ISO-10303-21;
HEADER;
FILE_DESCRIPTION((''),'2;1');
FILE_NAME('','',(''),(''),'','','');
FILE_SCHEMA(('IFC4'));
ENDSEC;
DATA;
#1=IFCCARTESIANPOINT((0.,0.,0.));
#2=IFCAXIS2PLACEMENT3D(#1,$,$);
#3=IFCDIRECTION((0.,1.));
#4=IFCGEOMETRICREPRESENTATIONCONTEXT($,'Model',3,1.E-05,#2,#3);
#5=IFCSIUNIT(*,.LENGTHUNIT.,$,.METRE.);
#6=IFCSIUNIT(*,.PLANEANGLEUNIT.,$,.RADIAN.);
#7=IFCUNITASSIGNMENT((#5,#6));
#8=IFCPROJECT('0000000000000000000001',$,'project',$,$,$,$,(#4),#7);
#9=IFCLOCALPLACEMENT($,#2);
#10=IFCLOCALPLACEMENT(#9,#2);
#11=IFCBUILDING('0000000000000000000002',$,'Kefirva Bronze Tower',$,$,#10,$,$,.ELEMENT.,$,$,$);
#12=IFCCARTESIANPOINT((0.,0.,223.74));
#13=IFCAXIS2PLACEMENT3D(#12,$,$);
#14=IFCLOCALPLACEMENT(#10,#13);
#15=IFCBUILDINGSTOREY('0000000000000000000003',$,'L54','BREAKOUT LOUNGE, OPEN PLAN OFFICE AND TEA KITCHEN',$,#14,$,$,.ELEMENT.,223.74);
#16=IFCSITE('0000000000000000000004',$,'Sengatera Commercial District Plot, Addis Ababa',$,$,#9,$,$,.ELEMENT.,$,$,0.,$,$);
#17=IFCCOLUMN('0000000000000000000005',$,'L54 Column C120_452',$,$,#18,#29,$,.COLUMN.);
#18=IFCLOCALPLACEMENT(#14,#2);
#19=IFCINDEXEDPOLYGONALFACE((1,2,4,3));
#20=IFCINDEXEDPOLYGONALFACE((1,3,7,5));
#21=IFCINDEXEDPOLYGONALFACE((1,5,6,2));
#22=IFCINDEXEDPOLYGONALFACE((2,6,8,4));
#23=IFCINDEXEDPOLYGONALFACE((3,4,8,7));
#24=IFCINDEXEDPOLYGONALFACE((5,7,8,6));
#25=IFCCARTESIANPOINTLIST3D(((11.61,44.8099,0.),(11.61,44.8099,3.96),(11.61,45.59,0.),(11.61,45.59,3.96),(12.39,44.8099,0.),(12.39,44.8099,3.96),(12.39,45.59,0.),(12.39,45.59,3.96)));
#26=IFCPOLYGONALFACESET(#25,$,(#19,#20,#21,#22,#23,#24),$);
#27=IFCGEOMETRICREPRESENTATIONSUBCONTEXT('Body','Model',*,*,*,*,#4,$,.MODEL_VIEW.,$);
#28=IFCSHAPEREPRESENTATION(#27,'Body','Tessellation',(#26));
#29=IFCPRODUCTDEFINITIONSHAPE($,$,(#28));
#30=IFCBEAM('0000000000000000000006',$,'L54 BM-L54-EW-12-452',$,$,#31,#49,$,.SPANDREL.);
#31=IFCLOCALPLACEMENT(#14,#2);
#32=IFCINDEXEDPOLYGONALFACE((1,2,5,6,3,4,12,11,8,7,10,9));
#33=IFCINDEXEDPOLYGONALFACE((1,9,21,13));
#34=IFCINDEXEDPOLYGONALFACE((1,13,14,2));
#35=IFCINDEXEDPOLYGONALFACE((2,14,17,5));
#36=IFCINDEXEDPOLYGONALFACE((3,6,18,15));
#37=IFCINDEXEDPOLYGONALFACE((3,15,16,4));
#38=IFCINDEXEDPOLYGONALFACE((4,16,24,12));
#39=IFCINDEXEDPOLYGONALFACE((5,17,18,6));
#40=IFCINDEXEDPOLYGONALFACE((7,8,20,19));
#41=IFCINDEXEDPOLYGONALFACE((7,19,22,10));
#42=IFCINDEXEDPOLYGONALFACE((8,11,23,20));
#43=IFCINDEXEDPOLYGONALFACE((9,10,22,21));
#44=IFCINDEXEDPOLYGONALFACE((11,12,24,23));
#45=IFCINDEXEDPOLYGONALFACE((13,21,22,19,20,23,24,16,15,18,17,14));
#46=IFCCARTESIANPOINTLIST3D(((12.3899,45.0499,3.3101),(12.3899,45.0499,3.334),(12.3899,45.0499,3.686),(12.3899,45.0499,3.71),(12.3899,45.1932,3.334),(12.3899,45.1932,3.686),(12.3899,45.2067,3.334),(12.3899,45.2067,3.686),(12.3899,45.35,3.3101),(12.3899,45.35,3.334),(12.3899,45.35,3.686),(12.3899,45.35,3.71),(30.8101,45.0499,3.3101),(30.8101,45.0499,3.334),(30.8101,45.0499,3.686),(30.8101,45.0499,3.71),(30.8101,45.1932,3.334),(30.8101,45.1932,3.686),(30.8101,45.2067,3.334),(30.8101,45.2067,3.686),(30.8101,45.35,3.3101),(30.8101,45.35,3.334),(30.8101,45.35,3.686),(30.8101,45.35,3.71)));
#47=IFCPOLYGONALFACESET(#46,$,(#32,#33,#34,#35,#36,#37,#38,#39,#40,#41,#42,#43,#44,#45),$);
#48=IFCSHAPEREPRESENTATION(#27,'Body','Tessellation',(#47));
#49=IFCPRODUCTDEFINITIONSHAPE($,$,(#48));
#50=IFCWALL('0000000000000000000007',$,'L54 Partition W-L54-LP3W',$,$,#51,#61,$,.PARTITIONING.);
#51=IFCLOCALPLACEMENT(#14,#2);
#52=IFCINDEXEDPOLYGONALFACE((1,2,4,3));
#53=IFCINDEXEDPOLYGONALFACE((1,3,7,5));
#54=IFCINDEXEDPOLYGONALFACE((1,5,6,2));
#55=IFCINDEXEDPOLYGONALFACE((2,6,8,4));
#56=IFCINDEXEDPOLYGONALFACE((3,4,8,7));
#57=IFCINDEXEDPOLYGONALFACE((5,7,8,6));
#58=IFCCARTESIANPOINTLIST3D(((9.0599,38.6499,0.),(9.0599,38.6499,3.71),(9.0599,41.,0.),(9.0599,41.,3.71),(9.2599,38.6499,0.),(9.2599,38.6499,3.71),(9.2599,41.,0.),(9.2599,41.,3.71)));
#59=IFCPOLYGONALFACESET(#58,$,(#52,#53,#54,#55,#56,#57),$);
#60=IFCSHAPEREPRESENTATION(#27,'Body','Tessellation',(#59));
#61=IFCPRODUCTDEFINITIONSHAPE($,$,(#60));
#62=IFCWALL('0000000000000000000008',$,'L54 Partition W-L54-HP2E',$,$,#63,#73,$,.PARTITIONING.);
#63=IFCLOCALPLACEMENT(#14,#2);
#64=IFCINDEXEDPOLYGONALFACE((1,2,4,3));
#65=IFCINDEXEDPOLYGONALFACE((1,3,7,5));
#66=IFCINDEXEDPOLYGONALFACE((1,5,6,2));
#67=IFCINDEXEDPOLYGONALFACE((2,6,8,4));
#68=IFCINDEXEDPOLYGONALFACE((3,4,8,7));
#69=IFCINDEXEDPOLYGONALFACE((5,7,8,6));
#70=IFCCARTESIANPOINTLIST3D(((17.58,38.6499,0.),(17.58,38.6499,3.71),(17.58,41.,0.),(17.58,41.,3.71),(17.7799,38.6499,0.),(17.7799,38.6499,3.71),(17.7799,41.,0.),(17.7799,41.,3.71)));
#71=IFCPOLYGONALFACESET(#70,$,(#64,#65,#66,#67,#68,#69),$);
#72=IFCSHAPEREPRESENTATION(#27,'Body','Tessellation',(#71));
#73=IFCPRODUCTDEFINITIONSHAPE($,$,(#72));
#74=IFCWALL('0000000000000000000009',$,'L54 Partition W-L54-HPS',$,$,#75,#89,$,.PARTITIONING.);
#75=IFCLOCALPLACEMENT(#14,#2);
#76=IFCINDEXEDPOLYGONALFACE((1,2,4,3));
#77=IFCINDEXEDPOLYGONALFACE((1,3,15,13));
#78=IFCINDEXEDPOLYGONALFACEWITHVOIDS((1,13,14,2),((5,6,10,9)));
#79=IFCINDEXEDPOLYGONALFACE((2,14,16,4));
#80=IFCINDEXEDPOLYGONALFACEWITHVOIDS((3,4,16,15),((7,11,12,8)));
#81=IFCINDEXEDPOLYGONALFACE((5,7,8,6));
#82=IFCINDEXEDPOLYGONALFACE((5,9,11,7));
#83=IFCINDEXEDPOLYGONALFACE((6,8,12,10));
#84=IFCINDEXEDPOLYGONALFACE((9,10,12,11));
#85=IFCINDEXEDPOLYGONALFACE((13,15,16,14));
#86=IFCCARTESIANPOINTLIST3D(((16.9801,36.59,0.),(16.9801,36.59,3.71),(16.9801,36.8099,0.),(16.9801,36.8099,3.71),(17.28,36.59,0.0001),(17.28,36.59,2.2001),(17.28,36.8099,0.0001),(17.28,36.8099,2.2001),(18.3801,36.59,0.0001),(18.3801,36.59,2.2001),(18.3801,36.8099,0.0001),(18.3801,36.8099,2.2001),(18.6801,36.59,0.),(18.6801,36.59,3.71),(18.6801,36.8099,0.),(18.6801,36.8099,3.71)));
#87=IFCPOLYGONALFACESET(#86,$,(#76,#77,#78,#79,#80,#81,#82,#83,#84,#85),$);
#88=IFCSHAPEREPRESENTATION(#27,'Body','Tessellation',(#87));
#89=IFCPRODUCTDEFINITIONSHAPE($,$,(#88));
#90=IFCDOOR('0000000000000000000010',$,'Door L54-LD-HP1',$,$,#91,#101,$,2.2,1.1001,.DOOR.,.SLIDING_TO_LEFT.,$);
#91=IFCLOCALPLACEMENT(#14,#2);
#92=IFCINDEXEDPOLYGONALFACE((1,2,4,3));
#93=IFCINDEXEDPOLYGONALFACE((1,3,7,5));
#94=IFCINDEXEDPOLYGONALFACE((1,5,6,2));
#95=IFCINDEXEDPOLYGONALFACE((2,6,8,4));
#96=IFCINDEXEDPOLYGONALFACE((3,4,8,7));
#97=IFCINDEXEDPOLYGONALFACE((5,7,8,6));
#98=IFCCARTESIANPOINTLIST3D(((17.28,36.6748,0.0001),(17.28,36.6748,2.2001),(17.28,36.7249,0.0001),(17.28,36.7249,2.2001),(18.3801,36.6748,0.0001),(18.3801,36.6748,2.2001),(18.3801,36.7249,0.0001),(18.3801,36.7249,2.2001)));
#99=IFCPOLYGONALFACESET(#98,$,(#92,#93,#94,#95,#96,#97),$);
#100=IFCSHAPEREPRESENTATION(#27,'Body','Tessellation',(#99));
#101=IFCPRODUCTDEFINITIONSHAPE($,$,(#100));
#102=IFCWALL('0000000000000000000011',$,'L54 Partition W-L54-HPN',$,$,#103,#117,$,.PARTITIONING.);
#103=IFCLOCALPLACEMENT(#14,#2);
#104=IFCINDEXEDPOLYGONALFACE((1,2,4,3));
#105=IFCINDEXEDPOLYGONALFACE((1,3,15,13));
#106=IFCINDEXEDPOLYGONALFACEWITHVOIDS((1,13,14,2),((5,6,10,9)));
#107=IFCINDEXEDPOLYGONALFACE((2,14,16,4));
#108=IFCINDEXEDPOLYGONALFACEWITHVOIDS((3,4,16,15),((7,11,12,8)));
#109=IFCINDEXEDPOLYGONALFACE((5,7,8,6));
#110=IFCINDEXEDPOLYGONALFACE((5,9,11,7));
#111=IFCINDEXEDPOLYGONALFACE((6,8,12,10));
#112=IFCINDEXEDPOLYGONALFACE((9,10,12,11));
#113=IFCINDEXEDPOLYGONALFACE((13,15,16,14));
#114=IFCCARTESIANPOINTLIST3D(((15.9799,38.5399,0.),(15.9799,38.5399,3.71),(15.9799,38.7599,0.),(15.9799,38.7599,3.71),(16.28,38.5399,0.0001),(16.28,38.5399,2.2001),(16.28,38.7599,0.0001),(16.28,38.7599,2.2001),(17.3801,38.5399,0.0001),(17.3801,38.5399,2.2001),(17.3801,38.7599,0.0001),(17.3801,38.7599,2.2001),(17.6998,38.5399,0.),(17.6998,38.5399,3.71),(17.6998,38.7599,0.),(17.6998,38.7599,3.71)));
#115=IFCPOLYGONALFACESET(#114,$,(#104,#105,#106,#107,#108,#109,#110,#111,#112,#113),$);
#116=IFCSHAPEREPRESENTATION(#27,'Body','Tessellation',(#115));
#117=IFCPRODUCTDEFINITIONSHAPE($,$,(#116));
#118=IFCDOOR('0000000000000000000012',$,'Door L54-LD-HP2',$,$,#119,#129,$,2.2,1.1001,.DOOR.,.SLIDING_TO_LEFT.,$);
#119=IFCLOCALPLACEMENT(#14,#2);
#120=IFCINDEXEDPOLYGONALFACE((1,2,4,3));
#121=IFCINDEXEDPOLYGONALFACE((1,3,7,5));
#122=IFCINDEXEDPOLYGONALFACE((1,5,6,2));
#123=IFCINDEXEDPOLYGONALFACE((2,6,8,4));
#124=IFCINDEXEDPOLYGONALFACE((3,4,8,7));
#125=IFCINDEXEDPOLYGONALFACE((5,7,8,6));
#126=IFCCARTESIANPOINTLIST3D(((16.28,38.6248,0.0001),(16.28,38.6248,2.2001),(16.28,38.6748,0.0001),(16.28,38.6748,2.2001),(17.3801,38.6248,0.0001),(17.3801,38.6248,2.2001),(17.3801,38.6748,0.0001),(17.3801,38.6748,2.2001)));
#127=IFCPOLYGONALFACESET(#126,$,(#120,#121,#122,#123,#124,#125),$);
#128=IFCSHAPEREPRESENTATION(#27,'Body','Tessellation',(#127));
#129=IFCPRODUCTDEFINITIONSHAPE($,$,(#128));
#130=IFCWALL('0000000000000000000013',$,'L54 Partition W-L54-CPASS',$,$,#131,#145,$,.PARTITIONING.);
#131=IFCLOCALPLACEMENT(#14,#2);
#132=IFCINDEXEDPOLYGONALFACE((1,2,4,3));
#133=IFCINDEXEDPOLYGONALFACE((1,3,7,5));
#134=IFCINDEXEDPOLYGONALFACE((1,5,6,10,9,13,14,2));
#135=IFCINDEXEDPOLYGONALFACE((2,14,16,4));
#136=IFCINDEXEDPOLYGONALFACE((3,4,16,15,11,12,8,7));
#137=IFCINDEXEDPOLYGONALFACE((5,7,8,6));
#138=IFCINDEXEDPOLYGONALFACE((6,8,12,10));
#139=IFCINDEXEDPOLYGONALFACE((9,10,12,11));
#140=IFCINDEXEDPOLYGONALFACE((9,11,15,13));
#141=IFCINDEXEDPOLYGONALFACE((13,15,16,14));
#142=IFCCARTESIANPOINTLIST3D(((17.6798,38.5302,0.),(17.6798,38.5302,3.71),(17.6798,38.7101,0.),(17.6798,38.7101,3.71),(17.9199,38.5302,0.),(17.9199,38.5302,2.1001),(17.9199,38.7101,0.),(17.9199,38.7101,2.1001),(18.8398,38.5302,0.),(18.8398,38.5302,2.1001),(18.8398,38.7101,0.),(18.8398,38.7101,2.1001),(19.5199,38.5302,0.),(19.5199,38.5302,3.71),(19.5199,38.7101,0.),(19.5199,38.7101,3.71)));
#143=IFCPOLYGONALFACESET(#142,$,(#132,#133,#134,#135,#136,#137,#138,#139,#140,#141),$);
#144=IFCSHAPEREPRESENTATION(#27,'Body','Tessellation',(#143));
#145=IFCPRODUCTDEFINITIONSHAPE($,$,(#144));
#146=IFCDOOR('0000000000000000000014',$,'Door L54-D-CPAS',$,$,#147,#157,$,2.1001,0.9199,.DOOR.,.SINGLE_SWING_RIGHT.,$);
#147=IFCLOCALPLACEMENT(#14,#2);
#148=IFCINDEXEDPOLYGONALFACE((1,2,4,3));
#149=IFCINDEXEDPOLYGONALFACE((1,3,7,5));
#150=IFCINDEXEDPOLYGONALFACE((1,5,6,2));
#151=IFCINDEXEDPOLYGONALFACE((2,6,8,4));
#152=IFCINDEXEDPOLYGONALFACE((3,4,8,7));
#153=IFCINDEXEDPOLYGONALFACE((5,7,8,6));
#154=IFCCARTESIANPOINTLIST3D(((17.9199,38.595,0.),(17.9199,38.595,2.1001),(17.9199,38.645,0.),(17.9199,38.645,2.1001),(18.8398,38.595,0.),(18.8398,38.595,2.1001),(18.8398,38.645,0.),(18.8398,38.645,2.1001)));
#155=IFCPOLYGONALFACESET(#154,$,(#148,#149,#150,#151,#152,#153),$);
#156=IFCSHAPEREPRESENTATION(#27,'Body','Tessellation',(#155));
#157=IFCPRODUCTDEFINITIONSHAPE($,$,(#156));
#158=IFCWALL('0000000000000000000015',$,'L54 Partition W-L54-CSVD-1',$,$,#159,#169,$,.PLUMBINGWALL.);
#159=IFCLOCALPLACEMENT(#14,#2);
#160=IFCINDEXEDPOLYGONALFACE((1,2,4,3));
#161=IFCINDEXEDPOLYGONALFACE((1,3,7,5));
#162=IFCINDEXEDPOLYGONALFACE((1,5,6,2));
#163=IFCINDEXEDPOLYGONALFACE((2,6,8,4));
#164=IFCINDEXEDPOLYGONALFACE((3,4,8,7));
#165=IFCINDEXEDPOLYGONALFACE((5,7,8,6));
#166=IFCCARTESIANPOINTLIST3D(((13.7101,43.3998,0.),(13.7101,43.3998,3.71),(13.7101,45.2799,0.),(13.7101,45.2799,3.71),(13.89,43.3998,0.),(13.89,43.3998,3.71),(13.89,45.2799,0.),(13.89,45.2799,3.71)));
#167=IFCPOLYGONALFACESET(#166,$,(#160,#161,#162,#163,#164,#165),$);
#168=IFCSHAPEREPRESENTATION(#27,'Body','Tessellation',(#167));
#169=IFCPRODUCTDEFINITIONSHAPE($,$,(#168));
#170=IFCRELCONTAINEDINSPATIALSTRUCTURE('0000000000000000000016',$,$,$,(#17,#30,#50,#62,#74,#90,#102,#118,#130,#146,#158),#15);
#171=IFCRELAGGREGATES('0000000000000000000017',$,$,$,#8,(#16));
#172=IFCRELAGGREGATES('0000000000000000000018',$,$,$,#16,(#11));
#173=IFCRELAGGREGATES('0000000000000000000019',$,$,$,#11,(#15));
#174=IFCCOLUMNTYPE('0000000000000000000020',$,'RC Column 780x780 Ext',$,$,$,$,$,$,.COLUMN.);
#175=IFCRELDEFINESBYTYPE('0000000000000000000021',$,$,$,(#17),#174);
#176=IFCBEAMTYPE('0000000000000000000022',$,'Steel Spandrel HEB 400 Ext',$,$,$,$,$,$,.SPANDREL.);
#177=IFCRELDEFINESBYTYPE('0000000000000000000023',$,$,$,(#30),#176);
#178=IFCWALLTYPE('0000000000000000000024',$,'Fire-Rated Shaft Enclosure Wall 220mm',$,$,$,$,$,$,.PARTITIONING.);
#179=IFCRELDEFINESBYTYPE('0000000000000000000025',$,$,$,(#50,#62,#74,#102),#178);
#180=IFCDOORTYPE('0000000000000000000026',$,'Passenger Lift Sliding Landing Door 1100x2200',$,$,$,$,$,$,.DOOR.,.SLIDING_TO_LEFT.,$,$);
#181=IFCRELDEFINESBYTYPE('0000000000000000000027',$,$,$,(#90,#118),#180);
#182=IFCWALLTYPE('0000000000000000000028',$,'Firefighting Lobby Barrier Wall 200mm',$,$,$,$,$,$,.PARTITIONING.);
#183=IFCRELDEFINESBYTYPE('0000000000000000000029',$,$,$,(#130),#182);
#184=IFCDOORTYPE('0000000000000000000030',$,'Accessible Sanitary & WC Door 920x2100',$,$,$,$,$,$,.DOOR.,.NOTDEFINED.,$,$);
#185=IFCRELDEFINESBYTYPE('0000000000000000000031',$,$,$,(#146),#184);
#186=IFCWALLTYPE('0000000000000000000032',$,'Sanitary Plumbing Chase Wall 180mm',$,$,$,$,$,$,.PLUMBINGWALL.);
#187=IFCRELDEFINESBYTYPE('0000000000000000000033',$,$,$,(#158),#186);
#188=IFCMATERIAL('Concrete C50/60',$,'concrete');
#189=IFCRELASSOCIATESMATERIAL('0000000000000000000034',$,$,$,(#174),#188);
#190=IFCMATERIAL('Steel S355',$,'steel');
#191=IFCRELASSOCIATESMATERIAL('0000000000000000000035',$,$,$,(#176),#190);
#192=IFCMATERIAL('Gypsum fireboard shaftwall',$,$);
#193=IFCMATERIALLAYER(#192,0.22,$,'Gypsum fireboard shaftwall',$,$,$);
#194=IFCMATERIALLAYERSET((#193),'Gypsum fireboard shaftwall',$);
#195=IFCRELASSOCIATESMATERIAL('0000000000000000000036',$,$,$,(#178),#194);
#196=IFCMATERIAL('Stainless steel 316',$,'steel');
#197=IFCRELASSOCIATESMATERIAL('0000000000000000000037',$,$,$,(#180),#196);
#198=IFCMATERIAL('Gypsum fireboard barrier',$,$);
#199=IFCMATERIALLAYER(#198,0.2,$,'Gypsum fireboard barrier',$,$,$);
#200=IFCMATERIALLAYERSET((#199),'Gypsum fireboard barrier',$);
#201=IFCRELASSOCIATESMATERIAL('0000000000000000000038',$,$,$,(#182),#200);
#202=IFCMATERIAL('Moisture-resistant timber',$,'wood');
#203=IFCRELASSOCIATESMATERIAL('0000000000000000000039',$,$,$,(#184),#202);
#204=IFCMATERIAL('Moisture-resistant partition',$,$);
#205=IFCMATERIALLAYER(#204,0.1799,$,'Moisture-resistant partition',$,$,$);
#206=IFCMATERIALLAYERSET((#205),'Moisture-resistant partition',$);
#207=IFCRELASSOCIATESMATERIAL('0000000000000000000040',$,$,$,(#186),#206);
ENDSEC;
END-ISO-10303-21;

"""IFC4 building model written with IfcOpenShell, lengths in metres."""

from ifc_helpers import new_model, si_unit, direction, frame, frame_2d, origin, origin_2d, place, context, subcontext, project, spatial, rectangle, i_section, extrude, material, layer, layer_set, material_profile, profile_set, type_object, element, fill, save


model = new_model("IFC4")

# Units and contexts
model_context = context("Model", 3, precision=1e-05, world=origin(), true_north=direction((0.0, 1.0)))
body_context = subcontext(model_context, "Body", "Model", "MODEL_VIEW")
ifc_project = project(units=[si_unit("LENGTHUNIT", "METRE"), si_unit("PLANEANGLEUNIT", "RADIAN")], contexts=[model_context])

# Site, building, storey
site_placement = place(None, origin())
site = spatial("IfcSite", under=ifc_project, at=site_placement, Name="Sengatera Commercial District Plot, Addis Ababa", CompositionType="ELEMENT", RefElevation=0.0)
building_placement = place(site_placement, origin())
building = spatial("IfcBuilding", under=site, at=building_placement, Name="Kefirva Bronze Tower", CompositionType="ELEMENT")
storey_placement = place(building_placement, frame((0.0, 0.0, 223.74)))
storey = spatial("IfcBuildingStorey", under=building, at=storey_placement, Name="L54", Description="BREAKOUT LOUNGE, OPEN PLAN OFFICE AND TEA KITCHEN", CompositionType="ELEMENT", Elevation=223.74)

# Column
ifc_material_1 = material(Name="Concrete C50/60", Category="concrete")
ifc_material_profile_1 = material_profile(ifc_material_1, rectangle(XDim=0.78, YDim=0.78, at=origin_2d()), Name="RC 780x780")
ifc_profile_set_1 = profile_set([ifc_material_profile_1], Name="Concrete C50/60")
column_type = type_object("IfcColumnType", Name="RC Column 780x780 Ext", PredefinedType="COLUMN", material=ifc_profile_set_1)
column_placement = place(storey_placement, frame((12.0, 45.2, 0.0), z_axis=(0.0, 0.0, 1.0), x_axis=(1.0, 0.0, 0.0)))
element("IfcColumn", 1, at=column_placement, inside=storey, type_object=column_type, Name="L54 Column C120_452", PredefinedType="COLUMN", context=body_context, shape_type="SweptSolid", body=[
    extrude(rectangle(XDim=0.78, YDim=0.78, at=origin_2d()), origin(), (0.0, 0.0, 1.0), 3.96),
])

# Beam
ifc_material_2 = material(Name="Steel S355", Category="steel")
ifc_material_profile_2 = material_profile(ifc_material_2, i_section(OverallWidth=0.3, OverallDepth=0.3999, WebThickness=0.0134, FlangeThickness=0.0239, at=origin_2d()), Name="HEB 400")
ifc_profile_set_2 = profile_set([ifc_material_profile_2], Name="Steel S355")
beam_type = type_object("IfcBeamType", Name="Steel Spandrel HEB 400 Ext", PredefinedType="SPANDREL", material=ifc_profile_set_2)
beam_placement = place(storey_placement, frame((12.3899, 45.2, 3.51), z_axis=(1.0, 0.0, 0.0), x_axis=(0.0, 1.0, 0.0)))
element("IfcBeam", 2, at=beam_placement, inside=storey, type_object=beam_type, Name="L54 BM-L54-EW-12-452", PredefinedType="SPANDREL", context=body_context, shape_type="SweptSolid", body=[
    extrude(i_section(OverallWidth=0.3, OverallDepth=0.3999, WebThickness=0.0134, FlangeThickness=0.0239, at=origin_2d()), origin(), (0.0, 0.0, 1.0), 18.4202),
])

# Walls
ifc_material_3 = material(Name="Gypsum fireboard shaftwall")
ifc_layer_1 = layer(ifc_material_3, 0.22, Name="Gypsum fireboard shaftwall")
ifc_layer_set_1 = layer_set([ifc_layer_1], Name="Gypsum fireboard shaftwall")
wall_type_1 = type_object("IfcWallType", Name="Fire-Rated Shaft Enclosure Wall 220mm", PredefinedType="PARTITIONING", material=ifc_layer_set_1)
for number, where, z_axis, x_axis, name in (
    (3, (9.1599, 38.6499, 0.0), (0.0, 0.0, 1.0), (0.0, 1.0, 0.0), "L54 Partition W-L54-LP3W"),
    (4, (17.6799, 38.6499, 0.0), (0.0, 0.0, 1.0), (0.0, 1.0, 0.0), "L54 Partition W-L54-HP2E"),
):
    element("IfcWall", number, at=place(storey_placement, frame(where, z_axis=z_axis, x_axis=x_axis)), inside=storey, type_object=wall_type_1, Name=name, PredefinedType="PARTITIONING", context=body_context, shape_type="SweptSolid", body=[
        extrude(rectangle(XDim=2.3501, YDim=0.2, at=frame_2d((1.175, 0.0))), origin(), (0.0, 0.0, 1.0), 3.71),
    ])

# Walls, openings, doors
wall_1_placement = place(storey_placement, frame((16.98, 36.7, 0.0), z_axis=(0.0, 0.0, 1.0), x_axis=(1.0, 0.0, 0.0)))
wall_1 = element("IfcWall", 5, at=wall_1_placement, inside=storey, type_object=wall_type_1, Name="L54 Partition W-L54-HPS", PredefinedType="PARTITIONING", context=body_context, shape_type="SweptSolid", body=[
    extrude(rectangle(XDim=1.7, YDim=0.22, at=frame_2d((0.8501, 0.0))), origin(), (0.0, 0.0, 1.0), 3.71),
])
opening_1_placement = place(wall_1_placement, frame((0.3, 0.0, 0.0)))
opening_1 = element("IfcOpeningElement", 6, at=opening_1_placement, cuts=wall_1, PredefinedType="OPENING", context=body_context, shape_type="SweptSolid", body=[
    extrude(rectangle(XDim=1.1001, YDim=2.2, at=frame_2d((0.55, 1.1001))), frame((0.0, 0.1201, 0.0), z_axis=(0.0, -1.0, 0.0), x_axis=(1.0, 0.0, 0.0)), (0.0, 0.0, 1.0), 0.24),
])
ifc_material_4 = material(Name="Stainless steel 316", Category="steel")
door_type_1 = type_object("IfcDoorType", Name="Passenger Lift Sliding Landing Door 1100x2200", OperationType="SLIDING_TO_LEFT", PredefinedType="DOOR", material=ifc_material_4)
door_1_placement = place(opening_1_placement, origin())
door_1 = element("IfcDoor", 7, at=door_1_placement, inside=storey, type_object=door_type_1, Name="Door L54-LD-HP1", OperationType="SLIDING_TO_LEFT", OverallHeight=2.2, OverallWidth=1.1001, PredefinedType="DOOR", context=body_context, shape_type="SweptSolid", body=[
    extrude(rectangle(XDim=1.1001, YDim=2.2, at=frame_2d((0.55, 1.1001))), frame((0.0, 0.0249, 0.0), z_axis=(0.0, -1.0, 0.0), x_axis=(1.0, 0.0, 0.0)), (0.0, 0.0, 1.0), 0.05),
])
fill(opening_1, door_1)
wall_2_placement = place(storey_placement, frame((15.98, 38.6499, 0.0), z_axis=(0.0, 0.0, 1.0), x_axis=(1.0, 0.0, 0.0)))
wall_2 = element("IfcWall", 8, at=wall_2_placement, inside=storey, type_object=wall_type_1, Name="L54 Partition W-L54-HPN", PredefinedType="PARTITIONING", context=body_context, shape_type="SweptSolid", body=[
    extrude(rectangle(XDim=1.72, YDim=0.22, at=frame_2d((0.8599, 0.0))), origin(), (0.0, 0.0, 1.0), 3.71),
])
opening_2_placement = place(wall_2_placement, frame((0.3, 0.0, 0.0)))
opening_2 = element("IfcOpeningElement", 9, at=opening_2_placement, cuts=wall_2, PredefinedType="OPENING", context=body_context, shape_type="SweptSolid", body=[
    extrude(rectangle(XDim=1.1001, YDim=2.2, at=frame_2d((0.55, 1.1001))), frame((0.0, 0.1201, 0.0), z_axis=(0.0, -1.0, 0.0), x_axis=(1.0, 0.0, 0.0)), (0.0, 0.0, 1.0), 0.24),
])
door_2_placement = place(opening_2_placement, origin())
door_2 = element("IfcDoor", 10, at=door_2_placement, inside=storey, type_object=door_type_1, Name="Door L54-LD-HP2", OperationType="SLIDING_TO_LEFT", OverallHeight=2.2, OverallWidth=1.1001, PredefinedType="DOOR", context=body_context, shape_type="SweptSolid", body=[
    extrude(rectangle(XDim=1.1001, YDim=2.2, at=frame_2d((0.55, 1.1001))), frame((0.0, 0.0249, 0.0), z_axis=(0.0, -1.0, 0.0), x_axis=(1.0, 0.0, 0.0)), (0.0, 0.0, 1.0), 0.05),
])
fill(opening_2, door_2)
ifc_material_5 = material(Name="Gypsum fireboard barrier")
ifc_layer_2 = layer(ifc_material_5, 0.2, Name="Gypsum fireboard barrier")
ifc_layer_set_2 = layer_set([ifc_layer_2], Name="Gypsum fireboard barrier")
wall_type_2 = type_object("IfcWallType", Name="Firefighting Lobby Barrier Wall 200mm", PredefinedType="PARTITIONING", material=ifc_layer_set_2)
wall_3_placement = place(storey_placement, frame((17.6799, 38.6201, 0.0), z_axis=(0.0, 0.0, 1.0), x_axis=(1.0, 0.0, 0.0)))
wall_3 = element("IfcWall", 11, at=wall_3_placement, inside=storey, type_object=wall_type_2, Name="L54 Partition W-L54-CPASS", PredefinedType="PARTITIONING", context=body_context, shape_type="SweptSolid", body=[
    extrude(rectangle(XDim=1.8401, YDim=0.1799, at=frame_2d((0.9199, 0.0))), origin(), (0.0, 0.0, 1.0), 3.71),
])
opening_3_placement = place(wall_3_placement, frame((0.24, 0.0, 0.0)))
opening_3 = element("IfcOpeningElement", 12, at=opening_3_placement, cuts=wall_3, PredefinedType="OPENING", context=body_context, shape_type="SweptSolid", body=[
    extrude(rectangle(XDim=0.9199, YDim=2.1001, at=frame_2d((0.46, 1.05))), frame((0.0, 0.1001, 0.0), z_axis=(0.0, -1.0, 0.0), x_axis=(1.0, 0.0, 0.0)), (0.0, 0.0, 1.0), 0.2),
])
ifc_material_6 = material(Name="Moisture-resistant timber", Category="wood")
door_type_2 = type_object("IfcDoorType", Name="Accessible Sanitary & WC Door 920x2100", OperationType="NOTDEFINED", PredefinedType="DOOR", material=ifc_material_6)
door_3_placement = place(opening_3_placement, origin())
door_3 = element("IfcDoor", 13, at=door_3_placement, inside=storey, type_object=door_type_2, Name="Door L54-D-CPAS", OperationType="SINGLE_SWING_RIGHT", OverallHeight=2.1001, OverallWidth=0.9199, PredefinedType="DOOR", context=body_context, shape_type="SweptSolid", body=[
    extrude(rectangle(XDim=0.9199, YDim=2.1001, at=frame_2d((0.46, 1.05))), frame((0.0, 0.0249, 0.0), z_axis=(0.0, -1.0, 0.0), x_axis=(1.0, 0.0, 0.0)), (0.0, 0.0, 1.0), 0.05),
])
fill(opening_3, door_3)

# Wall
ifc_material_7 = material(Name="Moisture-resistant partition")
ifc_layer_3 = layer(ifc_material_7, 0.1799, Name="Moisture-resistant partition")
ifc_layer_set_3 = layer_set([ifc_layer_3], Name="Moisture-resistant partition")
wall_type_3 = type_object("IfcWallType", Name="Sanitary Plumbing Chase Wall 180mm", PredefinedType="PLUMBINGWALL", material=ifc_layer_set_3)
wall_4_placement = place(storey_placement, frame((13.8, 43.3999, 0.0), z_axis=(0.0, 0.0, 1.0), x_axis=(0.0, 1.0, 0.0)))
element("IfcWall", 14, at=wall_4_placement, inside=storey, type_object=wall_type_3, Name="L54 Partition W-L54-CSVD-1", PredefinedType="PLUMBINGWALL", context=body_context, shape_type="SweptSolid", body=[
    extrude(rectangle(XDim=1.8801, YDim=0.1799, at=frame_2d((0.9399, 0.0))), origin(), (0.0, 0.0, 1.0), 3.71),
])

save(model, "model.ifc")
